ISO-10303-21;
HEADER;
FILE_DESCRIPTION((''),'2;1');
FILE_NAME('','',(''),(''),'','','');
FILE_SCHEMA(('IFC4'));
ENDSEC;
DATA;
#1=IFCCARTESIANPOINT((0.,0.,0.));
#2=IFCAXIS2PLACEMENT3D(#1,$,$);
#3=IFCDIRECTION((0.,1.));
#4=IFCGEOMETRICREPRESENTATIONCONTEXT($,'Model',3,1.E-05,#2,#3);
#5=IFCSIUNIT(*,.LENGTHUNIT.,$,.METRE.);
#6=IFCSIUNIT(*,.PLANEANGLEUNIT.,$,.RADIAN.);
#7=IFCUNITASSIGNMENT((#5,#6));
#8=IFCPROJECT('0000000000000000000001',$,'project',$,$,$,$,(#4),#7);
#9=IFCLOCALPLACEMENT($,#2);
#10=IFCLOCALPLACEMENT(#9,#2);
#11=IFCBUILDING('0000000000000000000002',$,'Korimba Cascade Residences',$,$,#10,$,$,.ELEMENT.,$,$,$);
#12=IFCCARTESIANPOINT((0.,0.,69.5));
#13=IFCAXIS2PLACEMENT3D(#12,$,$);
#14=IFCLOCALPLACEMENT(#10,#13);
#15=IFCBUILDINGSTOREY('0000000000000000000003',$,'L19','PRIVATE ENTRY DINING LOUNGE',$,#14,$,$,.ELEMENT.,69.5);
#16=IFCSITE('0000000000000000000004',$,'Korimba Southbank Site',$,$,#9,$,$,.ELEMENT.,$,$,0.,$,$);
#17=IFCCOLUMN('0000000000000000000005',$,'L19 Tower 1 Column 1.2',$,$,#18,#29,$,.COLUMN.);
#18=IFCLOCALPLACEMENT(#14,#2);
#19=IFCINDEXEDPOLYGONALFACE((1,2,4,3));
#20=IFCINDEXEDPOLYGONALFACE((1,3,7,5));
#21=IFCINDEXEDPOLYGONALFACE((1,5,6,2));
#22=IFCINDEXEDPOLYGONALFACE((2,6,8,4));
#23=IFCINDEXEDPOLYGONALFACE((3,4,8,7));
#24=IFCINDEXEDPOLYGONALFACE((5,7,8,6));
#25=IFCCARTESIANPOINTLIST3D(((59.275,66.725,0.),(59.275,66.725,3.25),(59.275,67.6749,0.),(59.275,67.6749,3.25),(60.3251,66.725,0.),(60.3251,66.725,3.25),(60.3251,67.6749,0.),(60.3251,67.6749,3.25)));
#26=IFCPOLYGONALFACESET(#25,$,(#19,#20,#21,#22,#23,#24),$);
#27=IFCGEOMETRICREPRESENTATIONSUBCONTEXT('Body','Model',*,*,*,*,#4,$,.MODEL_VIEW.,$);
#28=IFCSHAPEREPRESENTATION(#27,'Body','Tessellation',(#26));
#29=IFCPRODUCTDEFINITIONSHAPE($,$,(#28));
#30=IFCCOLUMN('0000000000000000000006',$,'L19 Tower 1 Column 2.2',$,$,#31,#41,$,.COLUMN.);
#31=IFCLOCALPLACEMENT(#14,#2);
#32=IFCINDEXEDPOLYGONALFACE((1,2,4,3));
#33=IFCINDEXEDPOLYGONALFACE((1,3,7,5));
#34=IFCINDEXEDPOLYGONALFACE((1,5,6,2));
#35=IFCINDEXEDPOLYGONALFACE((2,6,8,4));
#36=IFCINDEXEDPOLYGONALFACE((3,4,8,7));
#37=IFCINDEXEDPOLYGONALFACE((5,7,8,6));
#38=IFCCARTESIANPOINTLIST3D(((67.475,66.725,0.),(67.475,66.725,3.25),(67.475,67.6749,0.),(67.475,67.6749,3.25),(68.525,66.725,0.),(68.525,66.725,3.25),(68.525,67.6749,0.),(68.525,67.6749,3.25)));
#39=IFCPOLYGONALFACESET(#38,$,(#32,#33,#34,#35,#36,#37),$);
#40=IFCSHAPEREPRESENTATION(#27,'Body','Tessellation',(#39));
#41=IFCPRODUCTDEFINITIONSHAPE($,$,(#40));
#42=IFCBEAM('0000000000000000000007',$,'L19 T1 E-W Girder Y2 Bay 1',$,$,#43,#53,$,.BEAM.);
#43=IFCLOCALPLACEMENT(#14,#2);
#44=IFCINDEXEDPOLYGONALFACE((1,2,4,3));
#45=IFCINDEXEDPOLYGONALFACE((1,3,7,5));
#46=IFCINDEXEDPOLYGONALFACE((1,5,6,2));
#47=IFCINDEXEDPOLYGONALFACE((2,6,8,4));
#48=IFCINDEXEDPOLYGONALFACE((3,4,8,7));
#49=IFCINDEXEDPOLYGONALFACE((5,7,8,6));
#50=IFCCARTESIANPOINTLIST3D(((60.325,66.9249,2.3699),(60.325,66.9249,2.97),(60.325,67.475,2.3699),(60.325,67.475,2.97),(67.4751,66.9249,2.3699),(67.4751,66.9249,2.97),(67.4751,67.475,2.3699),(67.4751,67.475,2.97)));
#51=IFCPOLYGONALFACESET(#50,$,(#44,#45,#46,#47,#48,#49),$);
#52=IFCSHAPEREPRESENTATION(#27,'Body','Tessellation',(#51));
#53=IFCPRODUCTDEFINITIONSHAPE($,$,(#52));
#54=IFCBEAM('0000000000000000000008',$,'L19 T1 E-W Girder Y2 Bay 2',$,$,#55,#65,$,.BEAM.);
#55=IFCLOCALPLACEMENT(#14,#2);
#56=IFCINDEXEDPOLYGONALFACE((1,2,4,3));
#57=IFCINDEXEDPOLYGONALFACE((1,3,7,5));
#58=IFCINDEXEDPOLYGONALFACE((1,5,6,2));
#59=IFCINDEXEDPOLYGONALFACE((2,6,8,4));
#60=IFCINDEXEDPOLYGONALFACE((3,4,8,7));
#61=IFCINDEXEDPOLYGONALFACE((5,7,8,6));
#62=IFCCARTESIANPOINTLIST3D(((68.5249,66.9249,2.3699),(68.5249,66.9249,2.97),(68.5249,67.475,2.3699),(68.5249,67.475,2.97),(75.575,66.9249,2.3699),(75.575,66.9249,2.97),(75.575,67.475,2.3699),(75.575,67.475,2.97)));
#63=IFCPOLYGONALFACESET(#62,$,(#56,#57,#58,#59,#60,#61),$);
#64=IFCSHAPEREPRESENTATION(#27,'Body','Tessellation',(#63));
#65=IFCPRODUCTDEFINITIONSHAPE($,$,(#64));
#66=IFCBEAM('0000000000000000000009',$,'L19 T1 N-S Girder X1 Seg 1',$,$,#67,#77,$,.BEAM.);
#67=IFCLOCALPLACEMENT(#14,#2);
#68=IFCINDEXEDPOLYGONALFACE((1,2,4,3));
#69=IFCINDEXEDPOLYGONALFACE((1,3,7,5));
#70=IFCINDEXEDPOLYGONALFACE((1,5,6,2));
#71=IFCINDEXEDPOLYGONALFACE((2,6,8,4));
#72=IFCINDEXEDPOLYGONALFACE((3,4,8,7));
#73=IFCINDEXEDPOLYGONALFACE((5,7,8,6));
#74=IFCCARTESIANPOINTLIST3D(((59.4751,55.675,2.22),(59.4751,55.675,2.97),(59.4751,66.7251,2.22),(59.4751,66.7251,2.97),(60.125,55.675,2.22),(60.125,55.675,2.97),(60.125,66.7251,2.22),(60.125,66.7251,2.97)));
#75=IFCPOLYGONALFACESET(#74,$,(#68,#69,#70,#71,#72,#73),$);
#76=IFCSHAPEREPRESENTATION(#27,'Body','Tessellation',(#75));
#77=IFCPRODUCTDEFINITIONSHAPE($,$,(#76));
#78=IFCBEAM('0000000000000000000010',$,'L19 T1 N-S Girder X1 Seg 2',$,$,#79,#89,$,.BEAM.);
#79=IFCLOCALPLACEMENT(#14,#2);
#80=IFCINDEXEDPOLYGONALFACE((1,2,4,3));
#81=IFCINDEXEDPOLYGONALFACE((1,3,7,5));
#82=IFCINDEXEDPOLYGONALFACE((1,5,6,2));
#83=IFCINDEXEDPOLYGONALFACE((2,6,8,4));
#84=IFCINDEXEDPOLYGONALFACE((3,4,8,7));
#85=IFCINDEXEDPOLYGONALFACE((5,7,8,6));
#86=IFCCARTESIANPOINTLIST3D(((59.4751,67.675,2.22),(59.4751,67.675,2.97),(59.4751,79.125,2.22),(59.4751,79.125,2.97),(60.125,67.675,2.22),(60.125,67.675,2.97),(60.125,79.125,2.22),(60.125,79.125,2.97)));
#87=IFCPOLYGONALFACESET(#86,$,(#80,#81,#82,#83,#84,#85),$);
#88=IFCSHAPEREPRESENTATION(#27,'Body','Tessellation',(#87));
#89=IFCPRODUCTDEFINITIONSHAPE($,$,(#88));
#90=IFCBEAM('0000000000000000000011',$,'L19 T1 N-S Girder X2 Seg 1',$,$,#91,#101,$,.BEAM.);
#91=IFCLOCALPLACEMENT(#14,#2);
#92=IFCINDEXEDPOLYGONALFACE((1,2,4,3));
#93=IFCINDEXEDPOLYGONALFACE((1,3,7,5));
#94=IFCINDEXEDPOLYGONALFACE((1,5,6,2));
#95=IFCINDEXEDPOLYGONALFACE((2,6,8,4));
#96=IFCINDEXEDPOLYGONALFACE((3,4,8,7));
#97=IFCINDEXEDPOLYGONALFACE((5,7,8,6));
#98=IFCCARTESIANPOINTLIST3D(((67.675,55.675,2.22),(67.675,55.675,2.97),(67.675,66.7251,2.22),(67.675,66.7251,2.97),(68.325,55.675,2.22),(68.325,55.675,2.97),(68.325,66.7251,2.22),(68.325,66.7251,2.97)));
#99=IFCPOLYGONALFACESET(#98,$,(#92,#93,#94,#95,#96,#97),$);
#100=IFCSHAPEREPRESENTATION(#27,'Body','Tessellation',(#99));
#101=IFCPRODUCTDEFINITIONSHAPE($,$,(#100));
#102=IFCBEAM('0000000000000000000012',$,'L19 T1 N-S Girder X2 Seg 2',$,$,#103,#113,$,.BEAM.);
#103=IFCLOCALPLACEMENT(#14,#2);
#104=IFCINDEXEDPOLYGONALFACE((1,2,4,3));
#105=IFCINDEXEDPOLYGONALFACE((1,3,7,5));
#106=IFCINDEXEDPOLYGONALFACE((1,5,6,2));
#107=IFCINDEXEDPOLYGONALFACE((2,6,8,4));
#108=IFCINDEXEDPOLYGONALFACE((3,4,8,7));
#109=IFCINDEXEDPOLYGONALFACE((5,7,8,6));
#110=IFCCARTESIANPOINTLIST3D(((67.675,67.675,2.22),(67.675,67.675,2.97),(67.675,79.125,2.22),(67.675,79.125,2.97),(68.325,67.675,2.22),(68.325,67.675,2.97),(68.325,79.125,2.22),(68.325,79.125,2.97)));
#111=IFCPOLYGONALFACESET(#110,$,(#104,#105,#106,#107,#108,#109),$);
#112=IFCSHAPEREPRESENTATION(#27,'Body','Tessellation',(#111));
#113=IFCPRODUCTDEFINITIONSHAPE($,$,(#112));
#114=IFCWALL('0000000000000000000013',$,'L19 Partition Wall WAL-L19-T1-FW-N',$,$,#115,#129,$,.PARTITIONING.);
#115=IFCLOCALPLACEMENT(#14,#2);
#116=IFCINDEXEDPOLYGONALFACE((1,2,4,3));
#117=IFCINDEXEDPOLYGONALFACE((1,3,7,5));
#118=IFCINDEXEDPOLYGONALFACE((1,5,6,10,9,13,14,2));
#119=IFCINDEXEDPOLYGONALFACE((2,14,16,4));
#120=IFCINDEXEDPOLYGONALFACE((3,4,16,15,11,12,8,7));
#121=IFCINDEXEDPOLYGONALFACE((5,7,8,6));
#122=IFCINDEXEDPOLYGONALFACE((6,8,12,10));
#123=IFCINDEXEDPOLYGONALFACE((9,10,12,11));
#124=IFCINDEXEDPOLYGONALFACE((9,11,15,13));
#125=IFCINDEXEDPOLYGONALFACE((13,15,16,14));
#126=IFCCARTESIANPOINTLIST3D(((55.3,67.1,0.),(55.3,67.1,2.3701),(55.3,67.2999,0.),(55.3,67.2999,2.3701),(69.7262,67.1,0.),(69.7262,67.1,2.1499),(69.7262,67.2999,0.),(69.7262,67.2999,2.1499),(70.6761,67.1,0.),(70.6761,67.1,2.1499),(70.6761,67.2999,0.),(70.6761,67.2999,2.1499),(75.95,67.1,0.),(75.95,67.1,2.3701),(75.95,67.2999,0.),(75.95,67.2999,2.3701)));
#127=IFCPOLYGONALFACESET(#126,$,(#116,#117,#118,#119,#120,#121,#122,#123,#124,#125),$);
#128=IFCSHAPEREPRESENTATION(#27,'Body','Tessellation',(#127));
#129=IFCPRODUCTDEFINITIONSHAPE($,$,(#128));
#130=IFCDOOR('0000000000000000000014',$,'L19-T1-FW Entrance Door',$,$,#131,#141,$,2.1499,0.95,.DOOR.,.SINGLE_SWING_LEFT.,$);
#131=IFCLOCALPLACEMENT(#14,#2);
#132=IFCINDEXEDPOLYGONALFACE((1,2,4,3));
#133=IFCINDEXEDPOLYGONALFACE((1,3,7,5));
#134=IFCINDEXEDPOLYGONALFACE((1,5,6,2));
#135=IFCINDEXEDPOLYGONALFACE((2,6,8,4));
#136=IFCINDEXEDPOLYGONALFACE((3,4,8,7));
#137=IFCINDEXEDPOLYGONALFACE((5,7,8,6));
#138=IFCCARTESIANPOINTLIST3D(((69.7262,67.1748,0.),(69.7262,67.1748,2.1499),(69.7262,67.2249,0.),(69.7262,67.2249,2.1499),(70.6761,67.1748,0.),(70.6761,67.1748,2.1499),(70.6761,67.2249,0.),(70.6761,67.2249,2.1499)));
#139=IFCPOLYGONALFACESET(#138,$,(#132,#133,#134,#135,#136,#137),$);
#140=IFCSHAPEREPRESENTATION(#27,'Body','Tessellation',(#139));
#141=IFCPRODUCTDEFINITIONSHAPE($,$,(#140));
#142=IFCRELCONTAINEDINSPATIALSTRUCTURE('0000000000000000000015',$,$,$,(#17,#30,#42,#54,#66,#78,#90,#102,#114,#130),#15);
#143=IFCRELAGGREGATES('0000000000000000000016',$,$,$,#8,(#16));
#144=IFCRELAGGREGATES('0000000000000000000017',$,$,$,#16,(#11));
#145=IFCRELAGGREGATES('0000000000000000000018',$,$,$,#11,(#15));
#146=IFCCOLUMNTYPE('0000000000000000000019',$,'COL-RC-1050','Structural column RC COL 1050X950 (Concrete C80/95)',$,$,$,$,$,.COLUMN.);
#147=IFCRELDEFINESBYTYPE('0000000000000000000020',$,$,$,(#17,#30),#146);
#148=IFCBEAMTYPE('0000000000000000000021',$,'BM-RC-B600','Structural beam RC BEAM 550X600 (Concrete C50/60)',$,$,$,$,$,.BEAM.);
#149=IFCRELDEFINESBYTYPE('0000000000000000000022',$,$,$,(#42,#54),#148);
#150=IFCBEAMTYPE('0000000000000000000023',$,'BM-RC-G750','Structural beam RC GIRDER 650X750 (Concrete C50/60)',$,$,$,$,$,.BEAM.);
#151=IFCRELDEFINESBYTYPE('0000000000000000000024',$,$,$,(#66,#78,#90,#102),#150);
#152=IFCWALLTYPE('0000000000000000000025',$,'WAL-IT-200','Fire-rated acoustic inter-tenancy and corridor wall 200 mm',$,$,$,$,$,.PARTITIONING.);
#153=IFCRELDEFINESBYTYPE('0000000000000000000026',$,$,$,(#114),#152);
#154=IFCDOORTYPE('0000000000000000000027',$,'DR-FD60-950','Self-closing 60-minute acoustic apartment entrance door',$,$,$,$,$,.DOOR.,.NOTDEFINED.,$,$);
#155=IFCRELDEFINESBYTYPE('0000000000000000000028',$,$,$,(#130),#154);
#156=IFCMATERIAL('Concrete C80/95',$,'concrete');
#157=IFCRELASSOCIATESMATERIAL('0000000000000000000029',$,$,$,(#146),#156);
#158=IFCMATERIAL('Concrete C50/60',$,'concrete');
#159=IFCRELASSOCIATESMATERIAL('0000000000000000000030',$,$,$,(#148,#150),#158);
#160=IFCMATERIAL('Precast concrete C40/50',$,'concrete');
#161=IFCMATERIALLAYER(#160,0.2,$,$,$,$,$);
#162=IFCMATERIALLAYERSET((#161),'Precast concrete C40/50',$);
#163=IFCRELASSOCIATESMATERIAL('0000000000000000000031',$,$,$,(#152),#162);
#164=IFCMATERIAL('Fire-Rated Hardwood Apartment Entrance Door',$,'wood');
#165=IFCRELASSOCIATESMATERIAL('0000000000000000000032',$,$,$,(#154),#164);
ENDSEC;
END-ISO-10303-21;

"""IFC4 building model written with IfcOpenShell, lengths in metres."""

from ifc_helpers import new_model, si_unit, direction, frame, frame_2d, origin, origin_2d, place, context, subcontext, project, spatial, rectangle, extrude, material, layer, layer_set, material_profile, profile_set, type_object, element, fill, save


model = new_model("IFC4")

# Units and contexts
model_context = context("Model", 3, precision=1e-05, world=origin(), true_north=direction((0.0, 1.0)))
body_context = subcontext(model_context, "Body", "Model", "MODEL_VIEW")
ifc_project = project(units=[si_unit("LENGTHUNIT", "METRE"), si_unit("PLANEANGLEUNIT", "RADIAN")], contexts=[model_context])

# Site, building, storey
site_placement = place(None, origin())
site = spatial("IfcSite", under=ifc_project, at=site_placement, Name="Korimba Southbank Site", CompositionType="ELEMENT", RefElevation=0.0)
building_placement = place(site_placement, origin())
building = spatial("IfcBuilding", under=site, at=building_placement, Name="Korimba Cascade Residences", CompositionType="ELEMENT")
storey_placement = place(building_placement, frame((0.0, 0.0, 69.5)))
storey = spatial("IfcBuildingStorey", under=building, at=storey_placement, Name="L19", Description="PRIVATE ENTRY DINING LOUNGE", CompositionType="ELEMENT", Elevation=69.5)

# Columns
ifc_material_1 = material(Name="Concrete C80/95", Category="concrete")
ifc_material_profile_1 = material_profile(ifc_material_1, rectangle(XDim=1.05, YDim=0.95, at=origin_2d()), Name="Concrete C80/95")
ifc_profile_set_1 = profile_set([ifc_material_profile_1], Name="Concrete C80/95")
column_type = type_object("IfcColumnType", Name="COL-RC-1050", Description="Structural column RC COL 1050X950 (Concrete C80/95)", PredefinedType="COLUMN", material=ifc_profile_set_1)
for number, where, z_axis, x_axis, name in (
    (1, (59.8, 67.2, 0.0), (0.0, 0.0, 1.0), (1.0, 0.0, 0.0), "L19 Tower 1 Column 1.2"),
    (2, (68.0, 67.2, 0.0), (0.0, 0.0, 1.0), (1.0, 0.0, 0.0), "L19 Tower 1 Column 2.2"),
):
    element("IfcColumn", number, at=place(storey_placement, frame(where, z_axis=z_axis, x_axis=x_axis)), inside=storey, type_object=column_type, Name=name, PredefinedType="COLUMN", context=body_context, shape_type="SweptSolid", body=[
        extrude(rectangle(XDim=1.05, YDim=0.95, at=origin_2d()), origin(), (0.0, 0.0, 1.0), 3.25),
    ])

# Beams
ifc_material_2 = material(Name="Concrete C50/60", Category="concrete")
ifc_material_profile_2 = material_profile(ifc_material_2, rectangle(XDim=0.55, YDim=0.6001, at=origin_2d()), Name="Concrete C50/60")
ifc_profile_set_2 = profile_set([ifc_material_profile_2], Name="Concrete C50/60")
beam_type_1 = type_object("IfcBeamType", Name="BM-RC-B600", Description="Structural beam RC BEAM 550X600 (Concrete C50/60)", PredefinedType="BEAM", material=ifc_profile_set_2)
beam_1_placement = place(storey_placement, frame((60.325, 67.2, 2.6699), z_axis=(1.0, 0.0, 0.0), x_axis=(0.0, 1.0, 0.0)))
element("IfcBeam", 3, at=beam_1_placement, inside=storey, type_object=beam_type_1, Name="L19 T1 E-W Girder Y2 Bay 1", PredefinedType="BEAM", context=body_context, shape_type="SweptSolid", body=[
    extrude(rectangle(XDim=0.55, YDim=0.6001, at=origin_2d()), origin(), (0.0, 0.0, 1.0), 7.1501),
])
beam_2_placement = place(storey_placement, frame((68.5249, 67.2, 2.6699), z_axis=(1.0, 0.0, 0.0), x_axis=(0.0, 1.0, 0.0)))
element("IfcBeam", 4, at=beam_2_placement, inside=storey, type_object=beam_type_1, Name="L19 T1 E-W Girder Y2 Bay 2", PredefinedType="BEAM", context=body_context, shape_type="SweptSolid", body=[
    extrude(rectangle(XDim=0.55, YDim=0.6001, at=origin_2d()), origin(), (0.0, 0.0, 1.0), 7.05),
])
ifc_material_profile_3 = material_profile(ifc_material_2, rectangle(XDim=0.6499, YDim=0.75, at=origin_2d()), Name="Concrete C50/60")
ifc_profile_set_3 = profile_set([ifc_material_profile_3], Name="Concrete C50/60")
beam_type_2 = type_object("IfcBeamType", Name="BM-RC-G750", Description="Structural beam RC GIRDER 650X750 (Concrete C50/60)", PredefinedType="BEAM", material=ifc_profile_set_3)
beam_3_placement = place(storey_placement, frame((59.8, 55.675, 2.595), z_axis=(0.0, 1.0, 0.0), x_axis=(-1.0, 0.0, 0.0)))
element("IfcBeam", 5, at=beam_3_placement, inside=storey, type_object=beam_type_2, Name="L19 T1 N-S Girder X1 Seg 1", PredefinedType="BEAM", context=body_context, shape_type="SweptSolid", body=[
    extrude(rectangle(XDim=0.6499, YDim=0.75, at=origin_2d()), origin(), (0.0, 0.0, 1.0), 11.05),
])
beam_4_placement = place(storey_placement, frame((59.8, 67.675, 2.595), z_axis=(0.0, 1.0, 0.0), x_axis=(-1.0, 0.0, 0.0)))
element("IfcBeam", 6, at=beam_4_placement, inside=storey, type_object=beam_type_2, Name="L19 T1 N-S Girder X1 Seg 2", PredefinedType="BEAM", context=body_context, shape_type="SweptSolid", body=[
    extrude(rectangle(XDim=0.6499, YDim=0.75, at=origin_2d()), origin(), (0.0, 0.0, 1.0), 11.45),
])
beam_5_placement = place(storey_placement, frame((68.0, 55.675, 2.595), z_axis=(0.0, 1.0, 0.0), x_axis=(-1.0, 0.0, 0.0)))
element("IfcBeam", 7, at=beam_5_placement, inside=storey, type_object=beam_type_2, Name="L19 T1 N-S Girder X2 Seg 1", PredefinedType="BEAM", context=body_context, shape_type="SweptSolid", body=[
    extrude(rectangle(XDim=0.6499, YDim=0.75, at=origin_2d()), origin(), (0.0, 0.0, 1.0), 11.05),
])
beam_6_placement = place(storey_placement, frame((68.0, 67.675, 2.595), z_axis=(0.0, 1.0, 0.0), x_axis=(-1.0, 0.0, 0.0)))
element("IfcBeam", 8, at=beam_6_placement, inside=storey, type_object=beam_type_2, Name="L19 T1 N-S Girder X2 Seg 2", PredefinedType="BEAM", context=body_context, shape_type="SweptSolid", body=[
    extrude(rectangle(XDim=0.6499, YDim=0.75, at=origin_2d()), origin(), (0.0, 0.0, 1.0), 11.45),
])

# Wall, opening, door
ifc_material_3 = material(Name="Precast concrete C40/50", Category="concrete")
ifc_layer_1 = layer(ifc_material_3, 0.2)
ifc_layer_set_1 = layer_set([ifc_layer_1], Name="Precast concrete C40/50")
wall_type_1 = type_object("IfcWallType", Name="WAL-IT-200", Description="Fire-rated acoustic inter-tenancy and corridor wall 200 mm", PredefinedType="PARTITIONING", material=ifc_layer_set_1)
wall_1_placement = place(storey_placement, frame((55.3, 67.2, 0.0), z_axis=(0.0, 0.0, 1.0), x_axis=(1.0, 0.0, 0.0)))
wall_1 = element("IfcWall", 9, at=wall_1_placement, inside=storey, type_object=wall_type_1, Name="L19 Partition Wall WAL-L19-T1-FW-N", PredefinedType="PARTITIONING", context=body_context, shape_type="SweptSolid", body=[
    extrude(rectangle(XDim=20.6499, YDim=0.2, at=frame_2d((10.325, 0.0))), origin(), (0.0, 0.0, 1.0), 2.3701),
])
opening_1_placement = place(wall_1_placement, frame((14.426, 0.0, 0.0)))
opening_1 = element("IfcOpeningElement", 10, at=opening_1_placement, cuts=wall_1, PredefinedType="OPENING", context=body_context, shape_type="SweptSolid", body=[
    extrude(rectangle(XDim=0.95, YDim=2.1499, at=frame_2d((0.4751, 1.075))), frame((0.0, 0.1099, 0.0), z_axis=(0.0, -1.0, 0.0), x_axis=(1.0, 0.0, 0.0)), (0.0, 0.0, 1.0), 0.22),
])
ifc_material_4 = material(Name="Fire-Rated Hardwood Apartment Entrance Door", Category="wood")
door_type_1 = type_object("IfcDoorType", Name="DR-FD60-950", Description="Self-closing 60-minute acoustic apartment entrance door", OperationType="NOTDEFINED", PredefinedType="DOOR", material=ifc_material_4)
door_1_placement = place(opening_1_placement, origin())
door_1 = element("IfcDoor", 11, at=door_1_placement, inside=storey, type_object=door_type_1, Name="L19-T1-FW Entrance Door", OperationType="SINGLE_SWING_LEFT", OverallHeight=2.1499, OverallWidth=0.95, PredefinedType="DOOR", context=body_context, shape_type="SweptSolid", body=[
    extrude(rectangle(XDim=0.95, YDim=2.1499, at=frame_2d((0.4751, 1.075))), frame((0.0, 0.0249, 0.0), z_axis=(0.0, -1.0, 0.0), x_axis=(1.0, 0.0, 0.0)), (0.0, 0.0, 1.0), 0.05),
])
fill(opening_1, door_1)

save(model, "model.ifc")
